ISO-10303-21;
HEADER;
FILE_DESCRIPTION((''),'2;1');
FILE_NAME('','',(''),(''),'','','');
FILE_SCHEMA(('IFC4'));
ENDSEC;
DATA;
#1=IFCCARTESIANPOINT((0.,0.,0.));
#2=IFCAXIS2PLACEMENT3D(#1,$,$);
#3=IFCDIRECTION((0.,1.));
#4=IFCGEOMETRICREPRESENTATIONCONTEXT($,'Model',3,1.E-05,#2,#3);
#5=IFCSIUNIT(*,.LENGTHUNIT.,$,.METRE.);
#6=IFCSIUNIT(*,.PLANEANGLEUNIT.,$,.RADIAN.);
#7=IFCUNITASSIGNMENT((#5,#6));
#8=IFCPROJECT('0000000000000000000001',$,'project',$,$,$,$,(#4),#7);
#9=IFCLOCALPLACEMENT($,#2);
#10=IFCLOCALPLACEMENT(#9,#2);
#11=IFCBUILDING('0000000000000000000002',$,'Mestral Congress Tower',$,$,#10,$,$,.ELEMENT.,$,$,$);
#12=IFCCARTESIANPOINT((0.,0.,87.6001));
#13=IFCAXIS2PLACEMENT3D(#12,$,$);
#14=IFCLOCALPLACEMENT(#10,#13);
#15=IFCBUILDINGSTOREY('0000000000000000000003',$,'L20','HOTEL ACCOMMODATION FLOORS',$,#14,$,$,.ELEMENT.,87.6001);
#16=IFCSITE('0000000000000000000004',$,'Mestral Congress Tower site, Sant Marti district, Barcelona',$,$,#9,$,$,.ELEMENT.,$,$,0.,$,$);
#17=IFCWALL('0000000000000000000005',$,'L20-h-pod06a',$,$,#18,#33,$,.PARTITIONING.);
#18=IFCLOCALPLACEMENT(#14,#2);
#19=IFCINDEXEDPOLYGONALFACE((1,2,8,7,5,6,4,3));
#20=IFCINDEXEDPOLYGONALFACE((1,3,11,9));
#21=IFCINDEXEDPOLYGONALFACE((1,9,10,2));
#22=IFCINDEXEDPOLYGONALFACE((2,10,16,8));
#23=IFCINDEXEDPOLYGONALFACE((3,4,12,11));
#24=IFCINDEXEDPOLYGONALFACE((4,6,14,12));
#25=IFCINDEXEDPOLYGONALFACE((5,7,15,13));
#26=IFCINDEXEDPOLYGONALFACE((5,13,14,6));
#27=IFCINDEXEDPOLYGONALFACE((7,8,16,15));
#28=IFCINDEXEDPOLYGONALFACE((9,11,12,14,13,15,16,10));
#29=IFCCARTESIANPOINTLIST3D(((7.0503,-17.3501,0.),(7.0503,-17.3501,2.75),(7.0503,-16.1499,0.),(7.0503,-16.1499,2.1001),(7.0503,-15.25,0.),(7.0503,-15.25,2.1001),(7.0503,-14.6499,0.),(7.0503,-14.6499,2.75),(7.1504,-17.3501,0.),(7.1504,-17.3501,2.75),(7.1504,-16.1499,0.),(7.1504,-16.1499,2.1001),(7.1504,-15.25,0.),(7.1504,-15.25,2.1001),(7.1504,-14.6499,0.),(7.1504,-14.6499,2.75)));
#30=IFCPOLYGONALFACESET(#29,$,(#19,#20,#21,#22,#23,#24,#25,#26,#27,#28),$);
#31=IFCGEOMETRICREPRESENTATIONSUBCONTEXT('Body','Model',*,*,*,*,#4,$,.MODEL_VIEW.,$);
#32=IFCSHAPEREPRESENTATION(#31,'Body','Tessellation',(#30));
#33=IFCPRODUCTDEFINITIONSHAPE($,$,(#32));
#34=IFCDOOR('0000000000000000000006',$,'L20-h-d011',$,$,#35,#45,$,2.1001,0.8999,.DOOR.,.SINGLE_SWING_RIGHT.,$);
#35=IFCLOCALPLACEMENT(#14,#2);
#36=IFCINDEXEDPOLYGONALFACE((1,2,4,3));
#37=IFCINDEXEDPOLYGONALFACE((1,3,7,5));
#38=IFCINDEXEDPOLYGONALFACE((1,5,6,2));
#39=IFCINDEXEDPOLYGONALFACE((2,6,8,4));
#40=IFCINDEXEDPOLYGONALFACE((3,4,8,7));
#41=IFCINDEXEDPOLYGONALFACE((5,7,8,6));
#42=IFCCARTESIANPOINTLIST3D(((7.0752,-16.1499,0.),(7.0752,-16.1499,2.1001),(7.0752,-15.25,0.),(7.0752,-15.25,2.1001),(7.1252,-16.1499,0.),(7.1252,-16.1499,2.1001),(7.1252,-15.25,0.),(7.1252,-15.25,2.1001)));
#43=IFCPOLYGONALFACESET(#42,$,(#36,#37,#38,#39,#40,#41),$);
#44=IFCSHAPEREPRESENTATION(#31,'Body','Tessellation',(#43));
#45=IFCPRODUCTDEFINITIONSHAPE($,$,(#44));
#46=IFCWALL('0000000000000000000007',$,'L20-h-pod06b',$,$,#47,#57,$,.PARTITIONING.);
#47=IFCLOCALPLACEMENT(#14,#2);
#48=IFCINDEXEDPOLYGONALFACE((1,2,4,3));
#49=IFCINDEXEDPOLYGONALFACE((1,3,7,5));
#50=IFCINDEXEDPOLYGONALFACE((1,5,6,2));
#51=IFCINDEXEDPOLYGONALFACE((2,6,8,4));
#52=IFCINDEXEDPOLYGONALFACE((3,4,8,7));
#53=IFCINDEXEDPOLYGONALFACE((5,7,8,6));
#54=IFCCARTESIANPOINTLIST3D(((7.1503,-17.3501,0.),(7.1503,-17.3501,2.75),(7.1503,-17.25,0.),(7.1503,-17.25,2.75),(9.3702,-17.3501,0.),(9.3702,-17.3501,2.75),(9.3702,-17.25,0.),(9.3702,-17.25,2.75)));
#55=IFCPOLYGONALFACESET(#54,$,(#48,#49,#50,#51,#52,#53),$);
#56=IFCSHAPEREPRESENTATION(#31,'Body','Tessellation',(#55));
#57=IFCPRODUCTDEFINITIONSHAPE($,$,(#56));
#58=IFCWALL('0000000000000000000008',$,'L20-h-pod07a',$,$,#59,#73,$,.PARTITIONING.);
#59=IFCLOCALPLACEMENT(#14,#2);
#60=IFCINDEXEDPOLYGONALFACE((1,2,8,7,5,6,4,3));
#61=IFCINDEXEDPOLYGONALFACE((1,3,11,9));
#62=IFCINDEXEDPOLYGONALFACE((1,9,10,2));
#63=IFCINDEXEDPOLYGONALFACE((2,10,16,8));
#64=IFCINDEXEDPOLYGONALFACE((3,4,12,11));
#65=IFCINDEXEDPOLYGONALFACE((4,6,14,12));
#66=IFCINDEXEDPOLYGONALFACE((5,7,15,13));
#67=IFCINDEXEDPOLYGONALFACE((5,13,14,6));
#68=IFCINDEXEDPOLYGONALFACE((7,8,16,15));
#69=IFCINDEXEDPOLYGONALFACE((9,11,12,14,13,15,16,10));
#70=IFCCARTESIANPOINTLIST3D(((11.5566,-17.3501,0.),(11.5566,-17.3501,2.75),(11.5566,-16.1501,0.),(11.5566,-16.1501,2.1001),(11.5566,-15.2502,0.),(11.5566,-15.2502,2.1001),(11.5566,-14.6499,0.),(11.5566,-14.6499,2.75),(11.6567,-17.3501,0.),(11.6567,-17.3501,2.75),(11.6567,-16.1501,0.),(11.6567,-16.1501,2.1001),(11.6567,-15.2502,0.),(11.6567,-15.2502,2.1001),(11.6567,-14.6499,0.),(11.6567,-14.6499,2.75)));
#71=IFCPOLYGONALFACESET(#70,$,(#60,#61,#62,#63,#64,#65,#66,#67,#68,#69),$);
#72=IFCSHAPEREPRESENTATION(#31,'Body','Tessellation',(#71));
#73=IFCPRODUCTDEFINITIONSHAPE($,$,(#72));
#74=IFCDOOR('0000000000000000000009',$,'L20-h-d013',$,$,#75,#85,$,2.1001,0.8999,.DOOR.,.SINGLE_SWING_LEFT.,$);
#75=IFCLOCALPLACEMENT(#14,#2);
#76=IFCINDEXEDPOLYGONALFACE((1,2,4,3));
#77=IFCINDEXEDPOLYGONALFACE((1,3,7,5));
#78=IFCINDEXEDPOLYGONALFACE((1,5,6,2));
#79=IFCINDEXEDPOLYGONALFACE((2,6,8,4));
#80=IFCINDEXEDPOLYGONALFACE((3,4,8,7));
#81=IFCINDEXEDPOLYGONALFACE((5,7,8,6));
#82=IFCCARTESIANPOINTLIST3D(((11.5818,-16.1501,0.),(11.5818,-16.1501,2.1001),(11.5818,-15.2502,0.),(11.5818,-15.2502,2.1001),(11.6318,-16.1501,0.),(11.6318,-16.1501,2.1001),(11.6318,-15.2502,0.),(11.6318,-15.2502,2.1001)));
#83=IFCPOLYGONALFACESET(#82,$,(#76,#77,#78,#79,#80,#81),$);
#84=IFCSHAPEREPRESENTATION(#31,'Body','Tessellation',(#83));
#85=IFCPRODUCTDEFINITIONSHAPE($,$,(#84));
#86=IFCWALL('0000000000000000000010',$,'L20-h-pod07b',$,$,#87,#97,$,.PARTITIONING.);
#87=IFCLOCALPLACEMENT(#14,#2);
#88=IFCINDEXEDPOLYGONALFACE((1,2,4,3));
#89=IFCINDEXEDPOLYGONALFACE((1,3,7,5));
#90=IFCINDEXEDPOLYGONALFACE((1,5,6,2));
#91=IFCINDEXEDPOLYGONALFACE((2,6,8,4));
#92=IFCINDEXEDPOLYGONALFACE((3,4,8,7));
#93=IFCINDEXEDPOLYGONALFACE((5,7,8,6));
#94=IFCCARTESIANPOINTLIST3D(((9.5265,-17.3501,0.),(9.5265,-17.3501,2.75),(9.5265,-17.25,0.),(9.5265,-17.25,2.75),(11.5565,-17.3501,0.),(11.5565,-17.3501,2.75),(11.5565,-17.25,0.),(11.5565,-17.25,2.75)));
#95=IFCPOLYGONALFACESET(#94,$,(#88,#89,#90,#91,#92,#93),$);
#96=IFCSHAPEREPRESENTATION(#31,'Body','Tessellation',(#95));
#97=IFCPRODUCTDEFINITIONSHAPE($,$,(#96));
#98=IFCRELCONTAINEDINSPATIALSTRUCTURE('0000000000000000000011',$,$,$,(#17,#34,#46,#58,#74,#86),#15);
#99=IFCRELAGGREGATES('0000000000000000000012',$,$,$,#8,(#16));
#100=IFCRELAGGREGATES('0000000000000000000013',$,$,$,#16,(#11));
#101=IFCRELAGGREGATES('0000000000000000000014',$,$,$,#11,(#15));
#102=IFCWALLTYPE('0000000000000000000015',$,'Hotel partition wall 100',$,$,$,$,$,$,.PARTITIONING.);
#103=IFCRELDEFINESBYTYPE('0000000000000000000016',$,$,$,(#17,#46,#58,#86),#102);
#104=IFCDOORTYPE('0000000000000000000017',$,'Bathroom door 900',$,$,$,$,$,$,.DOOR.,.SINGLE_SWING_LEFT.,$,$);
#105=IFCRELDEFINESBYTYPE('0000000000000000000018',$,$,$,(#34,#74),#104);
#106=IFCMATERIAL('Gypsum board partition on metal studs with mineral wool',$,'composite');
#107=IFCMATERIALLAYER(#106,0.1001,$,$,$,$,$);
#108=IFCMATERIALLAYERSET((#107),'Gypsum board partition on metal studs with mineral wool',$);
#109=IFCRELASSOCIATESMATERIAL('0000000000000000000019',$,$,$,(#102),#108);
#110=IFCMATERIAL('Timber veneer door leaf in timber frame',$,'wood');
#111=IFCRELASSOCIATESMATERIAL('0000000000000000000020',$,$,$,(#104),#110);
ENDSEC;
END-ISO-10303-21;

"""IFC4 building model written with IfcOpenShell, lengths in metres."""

from ifc_helpers import new_model, si_unit, direction, frame, frame_2d, origin, place, context, subcontext, project, spatial, rectangle, extrude, material, layer, layer_set, type_object, element, fill, save


model = new_model("IFC4")

# Units and contexts
model_context = context("Model", 3, precision=1e-05, world=origin(), true_north=direction((0.0, 1.0)))
body_context = subcontext(model_context, "Body", "Model", "MODEL_VIEW")
ifc_project = project(units=[si_unit("LENGTHUNIT", "METRE"), si_unit("PLANEANGLEUNIT", "RADIAN")], contexts=[model_context])

# Site, building, storey
site_placement = place(None, origin())
site = spatial("IfcSite", under=ifc_project, at=site_placement, Name="Mestral Congress Tower site, Sant Marti district, Barcelona", CompositionType="ELEMENT", RefElevation=0.0)
building_placement = place(site_placement, origin())
building = spatial("IfcBuilding", under=site, at=building_placement, Name="Mestral Congress Tower", CompositionType="ELEMENT")
storey_placement = place(building_placement, frame((0.0, 0.0, 87.6001)))
storey = spatial("IfcBuildingStorey", under=building, at=storey_placement, Name="L20", Description="HOTEL ACCOMMODATION FLOORS", CompositionType="ELEMENT", Elevation=87.6001)

# Wall, opening, door
ifc_material_1 = material(Name="Gypsum board partition on metal studs with mineral wool", Category="composite")
ifc_layer_1 = layer(ifc_material_1, 0.1001)
ifc_layer_set_1 = layer_set([ifc_layer_1], Name="Gypsum board partition on metal studs with mineral wool")
wall_type_1 = type_object("IfcWallType", Name="Hotel partition wall 100", PredefinedType="PARTITIONING", material=ifc_layer_set_1)
wall_1_placement = place(storey_placement, frame((7.1003, -14.6499, 0.0), z_axis=(0.0, 0.0, 1.0), x_axis=(0.0, -1.0, 0.0)))
wall_1 = element("IfcWall", 1, at=wall_1_placement, inside=storey, type_object=wall_type_1, Name="L20-h-pod06a", PredefinedType="PARTITIONING", context=body_context, shape_type="SweptSolid", body=[
    extrude(rectangle(XDim=2.7002, YDim=0.1001, at=frame_2d((1.3501, 0.0))), origin(), (0.0, 0.0, 1.0), 2.75),
])
opening_1_placement = place(wall_1_placement, frame((0.6001, 0.0, 0.0)))
opening_1 = element("IfcOpeningElement", 2, at=opening_1_placement, cuts=wall_1, PredefinedType="OPENING", context=body_context, shape_type="SweptSolid", body=[
    extrude(rectangle(XDim=0.8999, YDim=2.1001, at=frame_2d((0.45, 1.05))), frame((0.0, 0.0601, 0.0), z_axis=(0.0, -1.0, 0.0), x_axis=(1.0, 0.0, 0.0)), (0.0, 0.0, 1.0), 0.1201),
])
ifc_material_2 = material(Name="Timber veneer door leaf in timber frame", Category="wood")
door_type_1 = type_object("IfcDoorType", Name="Bathroom door 900", OperationType="SINGLE_SWING_LEFT", PredefinedType="DOOR", material=ifc_material_2)
door_1_placement = place(opening_1_placement, origin())
door_1 = element("IfcDoor", 3, at=door_1_placement, inside=storey, type_object=door_type_1, Name="L20-h-d011", OperationType="SINGLE_SWING_RIGHT", OverallHeight=2.1001, OverallWidth=0.8999, PredefinedType="DOOR", context=body_context, shape_type="SweptSolid", body=[
    extrude(rectangle(XDim=0.8999, YDim=2.1001, at=frame_2d((0.45, 1.05))), frame((0.0, 0.0249, 0.0), z_axis=(0.0, -1.0, 0.0), x_axis=(1.0, 0.0, 0.0)), (0.0, 0.0, 1.0), 0.05),
])
fill(opening_1, door_1)

# Wall
wall_2_placement = place(storey_placement, frame((7.1504, -17.3, 0.0), z_axis=(0.0, 0.0, 1.0), x_axis=(1.0, 0.0, 0.0)))
element("IfcWall", 4, at=wall_2_placement, inside=storey, type_object=wall_type_1, Name="L20-h-pod06b", PredefinedType="PARTITIONING", context=body_context, shape_type="SweptSolid", body=[
    extrude(rectangle(XDim=2.22, YDim=0.1001, at=frame_2d((1.1099, 0.0))), origin(), (0.0, 0.0, 1.0), 2.75),
])

# Wall, opening, door
wall_3_placement = place(storey_placement, frame((11.6067, -17.3501, 0.0), z_axis=(0.0, 0.0, 1.0), x_axis=(0.0, 1.0, 0.0)))
wall_3 = element("IfcWall", 5, at=wall_3_placement, inside=storey, type_object=wall_type_1, Name="L20-h-pod07a", PredefinedType="PARTITIONING", context=body_context, shape_type="SweptSolid", body=[
    extrude(rectangle(XDim=2.7002, YDim=0.1001, at=frame_2d((1.3501, 0.0))), origin(), (0.0, 0.0, 1.0), 2.75),
])
opening_2_placement = place(wall_3_placement, frame((1.2, 0.0, 0.0)))
opening_2 = element("IfcOpeningElement", 6, at=opening_2_placement, cuts=wall_3, PredefinedType="OPENING", context=body_context, shape_type="SweptSolid", body=[
    extrude(rectangle(XDim=0.8999, YDim=2.1001, at=frame_2d((0.45, 1.05))), frame((0.0, 0.0601, 0.0), z_axis=(0.0, -1.0, 0.0), x_axis=(1.0, 0.0, 0.0)), (0.0, 0.0, 1.0), 0.1201),
])
door_2_placement = place(opening_2_placement, origin())
door_2 = element("IfcDoor", 7, at=door_2_placement, inside=storey, type_object=door_type_1, Name="L20-h-d013", OperationType="SINGLE_SWING_LEFT", OverallHeight=2.1001, OverallWidth=0.8999, PredefinedType="DOOR", context=body_context, shape_type="SweptSolid", body=[
    extrude(rectangle(XDim=0.8999, YDim=2.1001, at=frame_2d((0.45, 1.05))), frame((0.0, 0.0249, 0.0), z_axis=(0.0, -1.0, 0.0), x_axis=(1.0, 0.0, 0.0)), (0.0, 0.0, 1.0), 0.05),
])
fill(opening_2, door_2)

# Wall
wall_4_placement = place(storey_placement, frame((11.5566, -17.3, 0.0), z_axis=(0.0, 0.0, 1.0), x_axis=(-1.0, 0.0, 0.0)))
element("IfcWall", 8, at=wall_4_placement, inside=storey, type_object=wall_type_1, Name="L20-h-pod07b", PredefinedType="PARTITIONING", context=body_context, shape_type="SweptSolid", body=[
    extrude(rectangle(XDim=2.03, YDim=0.1001, at=frame_2d((1.0151, 0.0))), origin(), (0.0, 0.0, 1.0), 2.75),
])

save(model, "model.ifc")
